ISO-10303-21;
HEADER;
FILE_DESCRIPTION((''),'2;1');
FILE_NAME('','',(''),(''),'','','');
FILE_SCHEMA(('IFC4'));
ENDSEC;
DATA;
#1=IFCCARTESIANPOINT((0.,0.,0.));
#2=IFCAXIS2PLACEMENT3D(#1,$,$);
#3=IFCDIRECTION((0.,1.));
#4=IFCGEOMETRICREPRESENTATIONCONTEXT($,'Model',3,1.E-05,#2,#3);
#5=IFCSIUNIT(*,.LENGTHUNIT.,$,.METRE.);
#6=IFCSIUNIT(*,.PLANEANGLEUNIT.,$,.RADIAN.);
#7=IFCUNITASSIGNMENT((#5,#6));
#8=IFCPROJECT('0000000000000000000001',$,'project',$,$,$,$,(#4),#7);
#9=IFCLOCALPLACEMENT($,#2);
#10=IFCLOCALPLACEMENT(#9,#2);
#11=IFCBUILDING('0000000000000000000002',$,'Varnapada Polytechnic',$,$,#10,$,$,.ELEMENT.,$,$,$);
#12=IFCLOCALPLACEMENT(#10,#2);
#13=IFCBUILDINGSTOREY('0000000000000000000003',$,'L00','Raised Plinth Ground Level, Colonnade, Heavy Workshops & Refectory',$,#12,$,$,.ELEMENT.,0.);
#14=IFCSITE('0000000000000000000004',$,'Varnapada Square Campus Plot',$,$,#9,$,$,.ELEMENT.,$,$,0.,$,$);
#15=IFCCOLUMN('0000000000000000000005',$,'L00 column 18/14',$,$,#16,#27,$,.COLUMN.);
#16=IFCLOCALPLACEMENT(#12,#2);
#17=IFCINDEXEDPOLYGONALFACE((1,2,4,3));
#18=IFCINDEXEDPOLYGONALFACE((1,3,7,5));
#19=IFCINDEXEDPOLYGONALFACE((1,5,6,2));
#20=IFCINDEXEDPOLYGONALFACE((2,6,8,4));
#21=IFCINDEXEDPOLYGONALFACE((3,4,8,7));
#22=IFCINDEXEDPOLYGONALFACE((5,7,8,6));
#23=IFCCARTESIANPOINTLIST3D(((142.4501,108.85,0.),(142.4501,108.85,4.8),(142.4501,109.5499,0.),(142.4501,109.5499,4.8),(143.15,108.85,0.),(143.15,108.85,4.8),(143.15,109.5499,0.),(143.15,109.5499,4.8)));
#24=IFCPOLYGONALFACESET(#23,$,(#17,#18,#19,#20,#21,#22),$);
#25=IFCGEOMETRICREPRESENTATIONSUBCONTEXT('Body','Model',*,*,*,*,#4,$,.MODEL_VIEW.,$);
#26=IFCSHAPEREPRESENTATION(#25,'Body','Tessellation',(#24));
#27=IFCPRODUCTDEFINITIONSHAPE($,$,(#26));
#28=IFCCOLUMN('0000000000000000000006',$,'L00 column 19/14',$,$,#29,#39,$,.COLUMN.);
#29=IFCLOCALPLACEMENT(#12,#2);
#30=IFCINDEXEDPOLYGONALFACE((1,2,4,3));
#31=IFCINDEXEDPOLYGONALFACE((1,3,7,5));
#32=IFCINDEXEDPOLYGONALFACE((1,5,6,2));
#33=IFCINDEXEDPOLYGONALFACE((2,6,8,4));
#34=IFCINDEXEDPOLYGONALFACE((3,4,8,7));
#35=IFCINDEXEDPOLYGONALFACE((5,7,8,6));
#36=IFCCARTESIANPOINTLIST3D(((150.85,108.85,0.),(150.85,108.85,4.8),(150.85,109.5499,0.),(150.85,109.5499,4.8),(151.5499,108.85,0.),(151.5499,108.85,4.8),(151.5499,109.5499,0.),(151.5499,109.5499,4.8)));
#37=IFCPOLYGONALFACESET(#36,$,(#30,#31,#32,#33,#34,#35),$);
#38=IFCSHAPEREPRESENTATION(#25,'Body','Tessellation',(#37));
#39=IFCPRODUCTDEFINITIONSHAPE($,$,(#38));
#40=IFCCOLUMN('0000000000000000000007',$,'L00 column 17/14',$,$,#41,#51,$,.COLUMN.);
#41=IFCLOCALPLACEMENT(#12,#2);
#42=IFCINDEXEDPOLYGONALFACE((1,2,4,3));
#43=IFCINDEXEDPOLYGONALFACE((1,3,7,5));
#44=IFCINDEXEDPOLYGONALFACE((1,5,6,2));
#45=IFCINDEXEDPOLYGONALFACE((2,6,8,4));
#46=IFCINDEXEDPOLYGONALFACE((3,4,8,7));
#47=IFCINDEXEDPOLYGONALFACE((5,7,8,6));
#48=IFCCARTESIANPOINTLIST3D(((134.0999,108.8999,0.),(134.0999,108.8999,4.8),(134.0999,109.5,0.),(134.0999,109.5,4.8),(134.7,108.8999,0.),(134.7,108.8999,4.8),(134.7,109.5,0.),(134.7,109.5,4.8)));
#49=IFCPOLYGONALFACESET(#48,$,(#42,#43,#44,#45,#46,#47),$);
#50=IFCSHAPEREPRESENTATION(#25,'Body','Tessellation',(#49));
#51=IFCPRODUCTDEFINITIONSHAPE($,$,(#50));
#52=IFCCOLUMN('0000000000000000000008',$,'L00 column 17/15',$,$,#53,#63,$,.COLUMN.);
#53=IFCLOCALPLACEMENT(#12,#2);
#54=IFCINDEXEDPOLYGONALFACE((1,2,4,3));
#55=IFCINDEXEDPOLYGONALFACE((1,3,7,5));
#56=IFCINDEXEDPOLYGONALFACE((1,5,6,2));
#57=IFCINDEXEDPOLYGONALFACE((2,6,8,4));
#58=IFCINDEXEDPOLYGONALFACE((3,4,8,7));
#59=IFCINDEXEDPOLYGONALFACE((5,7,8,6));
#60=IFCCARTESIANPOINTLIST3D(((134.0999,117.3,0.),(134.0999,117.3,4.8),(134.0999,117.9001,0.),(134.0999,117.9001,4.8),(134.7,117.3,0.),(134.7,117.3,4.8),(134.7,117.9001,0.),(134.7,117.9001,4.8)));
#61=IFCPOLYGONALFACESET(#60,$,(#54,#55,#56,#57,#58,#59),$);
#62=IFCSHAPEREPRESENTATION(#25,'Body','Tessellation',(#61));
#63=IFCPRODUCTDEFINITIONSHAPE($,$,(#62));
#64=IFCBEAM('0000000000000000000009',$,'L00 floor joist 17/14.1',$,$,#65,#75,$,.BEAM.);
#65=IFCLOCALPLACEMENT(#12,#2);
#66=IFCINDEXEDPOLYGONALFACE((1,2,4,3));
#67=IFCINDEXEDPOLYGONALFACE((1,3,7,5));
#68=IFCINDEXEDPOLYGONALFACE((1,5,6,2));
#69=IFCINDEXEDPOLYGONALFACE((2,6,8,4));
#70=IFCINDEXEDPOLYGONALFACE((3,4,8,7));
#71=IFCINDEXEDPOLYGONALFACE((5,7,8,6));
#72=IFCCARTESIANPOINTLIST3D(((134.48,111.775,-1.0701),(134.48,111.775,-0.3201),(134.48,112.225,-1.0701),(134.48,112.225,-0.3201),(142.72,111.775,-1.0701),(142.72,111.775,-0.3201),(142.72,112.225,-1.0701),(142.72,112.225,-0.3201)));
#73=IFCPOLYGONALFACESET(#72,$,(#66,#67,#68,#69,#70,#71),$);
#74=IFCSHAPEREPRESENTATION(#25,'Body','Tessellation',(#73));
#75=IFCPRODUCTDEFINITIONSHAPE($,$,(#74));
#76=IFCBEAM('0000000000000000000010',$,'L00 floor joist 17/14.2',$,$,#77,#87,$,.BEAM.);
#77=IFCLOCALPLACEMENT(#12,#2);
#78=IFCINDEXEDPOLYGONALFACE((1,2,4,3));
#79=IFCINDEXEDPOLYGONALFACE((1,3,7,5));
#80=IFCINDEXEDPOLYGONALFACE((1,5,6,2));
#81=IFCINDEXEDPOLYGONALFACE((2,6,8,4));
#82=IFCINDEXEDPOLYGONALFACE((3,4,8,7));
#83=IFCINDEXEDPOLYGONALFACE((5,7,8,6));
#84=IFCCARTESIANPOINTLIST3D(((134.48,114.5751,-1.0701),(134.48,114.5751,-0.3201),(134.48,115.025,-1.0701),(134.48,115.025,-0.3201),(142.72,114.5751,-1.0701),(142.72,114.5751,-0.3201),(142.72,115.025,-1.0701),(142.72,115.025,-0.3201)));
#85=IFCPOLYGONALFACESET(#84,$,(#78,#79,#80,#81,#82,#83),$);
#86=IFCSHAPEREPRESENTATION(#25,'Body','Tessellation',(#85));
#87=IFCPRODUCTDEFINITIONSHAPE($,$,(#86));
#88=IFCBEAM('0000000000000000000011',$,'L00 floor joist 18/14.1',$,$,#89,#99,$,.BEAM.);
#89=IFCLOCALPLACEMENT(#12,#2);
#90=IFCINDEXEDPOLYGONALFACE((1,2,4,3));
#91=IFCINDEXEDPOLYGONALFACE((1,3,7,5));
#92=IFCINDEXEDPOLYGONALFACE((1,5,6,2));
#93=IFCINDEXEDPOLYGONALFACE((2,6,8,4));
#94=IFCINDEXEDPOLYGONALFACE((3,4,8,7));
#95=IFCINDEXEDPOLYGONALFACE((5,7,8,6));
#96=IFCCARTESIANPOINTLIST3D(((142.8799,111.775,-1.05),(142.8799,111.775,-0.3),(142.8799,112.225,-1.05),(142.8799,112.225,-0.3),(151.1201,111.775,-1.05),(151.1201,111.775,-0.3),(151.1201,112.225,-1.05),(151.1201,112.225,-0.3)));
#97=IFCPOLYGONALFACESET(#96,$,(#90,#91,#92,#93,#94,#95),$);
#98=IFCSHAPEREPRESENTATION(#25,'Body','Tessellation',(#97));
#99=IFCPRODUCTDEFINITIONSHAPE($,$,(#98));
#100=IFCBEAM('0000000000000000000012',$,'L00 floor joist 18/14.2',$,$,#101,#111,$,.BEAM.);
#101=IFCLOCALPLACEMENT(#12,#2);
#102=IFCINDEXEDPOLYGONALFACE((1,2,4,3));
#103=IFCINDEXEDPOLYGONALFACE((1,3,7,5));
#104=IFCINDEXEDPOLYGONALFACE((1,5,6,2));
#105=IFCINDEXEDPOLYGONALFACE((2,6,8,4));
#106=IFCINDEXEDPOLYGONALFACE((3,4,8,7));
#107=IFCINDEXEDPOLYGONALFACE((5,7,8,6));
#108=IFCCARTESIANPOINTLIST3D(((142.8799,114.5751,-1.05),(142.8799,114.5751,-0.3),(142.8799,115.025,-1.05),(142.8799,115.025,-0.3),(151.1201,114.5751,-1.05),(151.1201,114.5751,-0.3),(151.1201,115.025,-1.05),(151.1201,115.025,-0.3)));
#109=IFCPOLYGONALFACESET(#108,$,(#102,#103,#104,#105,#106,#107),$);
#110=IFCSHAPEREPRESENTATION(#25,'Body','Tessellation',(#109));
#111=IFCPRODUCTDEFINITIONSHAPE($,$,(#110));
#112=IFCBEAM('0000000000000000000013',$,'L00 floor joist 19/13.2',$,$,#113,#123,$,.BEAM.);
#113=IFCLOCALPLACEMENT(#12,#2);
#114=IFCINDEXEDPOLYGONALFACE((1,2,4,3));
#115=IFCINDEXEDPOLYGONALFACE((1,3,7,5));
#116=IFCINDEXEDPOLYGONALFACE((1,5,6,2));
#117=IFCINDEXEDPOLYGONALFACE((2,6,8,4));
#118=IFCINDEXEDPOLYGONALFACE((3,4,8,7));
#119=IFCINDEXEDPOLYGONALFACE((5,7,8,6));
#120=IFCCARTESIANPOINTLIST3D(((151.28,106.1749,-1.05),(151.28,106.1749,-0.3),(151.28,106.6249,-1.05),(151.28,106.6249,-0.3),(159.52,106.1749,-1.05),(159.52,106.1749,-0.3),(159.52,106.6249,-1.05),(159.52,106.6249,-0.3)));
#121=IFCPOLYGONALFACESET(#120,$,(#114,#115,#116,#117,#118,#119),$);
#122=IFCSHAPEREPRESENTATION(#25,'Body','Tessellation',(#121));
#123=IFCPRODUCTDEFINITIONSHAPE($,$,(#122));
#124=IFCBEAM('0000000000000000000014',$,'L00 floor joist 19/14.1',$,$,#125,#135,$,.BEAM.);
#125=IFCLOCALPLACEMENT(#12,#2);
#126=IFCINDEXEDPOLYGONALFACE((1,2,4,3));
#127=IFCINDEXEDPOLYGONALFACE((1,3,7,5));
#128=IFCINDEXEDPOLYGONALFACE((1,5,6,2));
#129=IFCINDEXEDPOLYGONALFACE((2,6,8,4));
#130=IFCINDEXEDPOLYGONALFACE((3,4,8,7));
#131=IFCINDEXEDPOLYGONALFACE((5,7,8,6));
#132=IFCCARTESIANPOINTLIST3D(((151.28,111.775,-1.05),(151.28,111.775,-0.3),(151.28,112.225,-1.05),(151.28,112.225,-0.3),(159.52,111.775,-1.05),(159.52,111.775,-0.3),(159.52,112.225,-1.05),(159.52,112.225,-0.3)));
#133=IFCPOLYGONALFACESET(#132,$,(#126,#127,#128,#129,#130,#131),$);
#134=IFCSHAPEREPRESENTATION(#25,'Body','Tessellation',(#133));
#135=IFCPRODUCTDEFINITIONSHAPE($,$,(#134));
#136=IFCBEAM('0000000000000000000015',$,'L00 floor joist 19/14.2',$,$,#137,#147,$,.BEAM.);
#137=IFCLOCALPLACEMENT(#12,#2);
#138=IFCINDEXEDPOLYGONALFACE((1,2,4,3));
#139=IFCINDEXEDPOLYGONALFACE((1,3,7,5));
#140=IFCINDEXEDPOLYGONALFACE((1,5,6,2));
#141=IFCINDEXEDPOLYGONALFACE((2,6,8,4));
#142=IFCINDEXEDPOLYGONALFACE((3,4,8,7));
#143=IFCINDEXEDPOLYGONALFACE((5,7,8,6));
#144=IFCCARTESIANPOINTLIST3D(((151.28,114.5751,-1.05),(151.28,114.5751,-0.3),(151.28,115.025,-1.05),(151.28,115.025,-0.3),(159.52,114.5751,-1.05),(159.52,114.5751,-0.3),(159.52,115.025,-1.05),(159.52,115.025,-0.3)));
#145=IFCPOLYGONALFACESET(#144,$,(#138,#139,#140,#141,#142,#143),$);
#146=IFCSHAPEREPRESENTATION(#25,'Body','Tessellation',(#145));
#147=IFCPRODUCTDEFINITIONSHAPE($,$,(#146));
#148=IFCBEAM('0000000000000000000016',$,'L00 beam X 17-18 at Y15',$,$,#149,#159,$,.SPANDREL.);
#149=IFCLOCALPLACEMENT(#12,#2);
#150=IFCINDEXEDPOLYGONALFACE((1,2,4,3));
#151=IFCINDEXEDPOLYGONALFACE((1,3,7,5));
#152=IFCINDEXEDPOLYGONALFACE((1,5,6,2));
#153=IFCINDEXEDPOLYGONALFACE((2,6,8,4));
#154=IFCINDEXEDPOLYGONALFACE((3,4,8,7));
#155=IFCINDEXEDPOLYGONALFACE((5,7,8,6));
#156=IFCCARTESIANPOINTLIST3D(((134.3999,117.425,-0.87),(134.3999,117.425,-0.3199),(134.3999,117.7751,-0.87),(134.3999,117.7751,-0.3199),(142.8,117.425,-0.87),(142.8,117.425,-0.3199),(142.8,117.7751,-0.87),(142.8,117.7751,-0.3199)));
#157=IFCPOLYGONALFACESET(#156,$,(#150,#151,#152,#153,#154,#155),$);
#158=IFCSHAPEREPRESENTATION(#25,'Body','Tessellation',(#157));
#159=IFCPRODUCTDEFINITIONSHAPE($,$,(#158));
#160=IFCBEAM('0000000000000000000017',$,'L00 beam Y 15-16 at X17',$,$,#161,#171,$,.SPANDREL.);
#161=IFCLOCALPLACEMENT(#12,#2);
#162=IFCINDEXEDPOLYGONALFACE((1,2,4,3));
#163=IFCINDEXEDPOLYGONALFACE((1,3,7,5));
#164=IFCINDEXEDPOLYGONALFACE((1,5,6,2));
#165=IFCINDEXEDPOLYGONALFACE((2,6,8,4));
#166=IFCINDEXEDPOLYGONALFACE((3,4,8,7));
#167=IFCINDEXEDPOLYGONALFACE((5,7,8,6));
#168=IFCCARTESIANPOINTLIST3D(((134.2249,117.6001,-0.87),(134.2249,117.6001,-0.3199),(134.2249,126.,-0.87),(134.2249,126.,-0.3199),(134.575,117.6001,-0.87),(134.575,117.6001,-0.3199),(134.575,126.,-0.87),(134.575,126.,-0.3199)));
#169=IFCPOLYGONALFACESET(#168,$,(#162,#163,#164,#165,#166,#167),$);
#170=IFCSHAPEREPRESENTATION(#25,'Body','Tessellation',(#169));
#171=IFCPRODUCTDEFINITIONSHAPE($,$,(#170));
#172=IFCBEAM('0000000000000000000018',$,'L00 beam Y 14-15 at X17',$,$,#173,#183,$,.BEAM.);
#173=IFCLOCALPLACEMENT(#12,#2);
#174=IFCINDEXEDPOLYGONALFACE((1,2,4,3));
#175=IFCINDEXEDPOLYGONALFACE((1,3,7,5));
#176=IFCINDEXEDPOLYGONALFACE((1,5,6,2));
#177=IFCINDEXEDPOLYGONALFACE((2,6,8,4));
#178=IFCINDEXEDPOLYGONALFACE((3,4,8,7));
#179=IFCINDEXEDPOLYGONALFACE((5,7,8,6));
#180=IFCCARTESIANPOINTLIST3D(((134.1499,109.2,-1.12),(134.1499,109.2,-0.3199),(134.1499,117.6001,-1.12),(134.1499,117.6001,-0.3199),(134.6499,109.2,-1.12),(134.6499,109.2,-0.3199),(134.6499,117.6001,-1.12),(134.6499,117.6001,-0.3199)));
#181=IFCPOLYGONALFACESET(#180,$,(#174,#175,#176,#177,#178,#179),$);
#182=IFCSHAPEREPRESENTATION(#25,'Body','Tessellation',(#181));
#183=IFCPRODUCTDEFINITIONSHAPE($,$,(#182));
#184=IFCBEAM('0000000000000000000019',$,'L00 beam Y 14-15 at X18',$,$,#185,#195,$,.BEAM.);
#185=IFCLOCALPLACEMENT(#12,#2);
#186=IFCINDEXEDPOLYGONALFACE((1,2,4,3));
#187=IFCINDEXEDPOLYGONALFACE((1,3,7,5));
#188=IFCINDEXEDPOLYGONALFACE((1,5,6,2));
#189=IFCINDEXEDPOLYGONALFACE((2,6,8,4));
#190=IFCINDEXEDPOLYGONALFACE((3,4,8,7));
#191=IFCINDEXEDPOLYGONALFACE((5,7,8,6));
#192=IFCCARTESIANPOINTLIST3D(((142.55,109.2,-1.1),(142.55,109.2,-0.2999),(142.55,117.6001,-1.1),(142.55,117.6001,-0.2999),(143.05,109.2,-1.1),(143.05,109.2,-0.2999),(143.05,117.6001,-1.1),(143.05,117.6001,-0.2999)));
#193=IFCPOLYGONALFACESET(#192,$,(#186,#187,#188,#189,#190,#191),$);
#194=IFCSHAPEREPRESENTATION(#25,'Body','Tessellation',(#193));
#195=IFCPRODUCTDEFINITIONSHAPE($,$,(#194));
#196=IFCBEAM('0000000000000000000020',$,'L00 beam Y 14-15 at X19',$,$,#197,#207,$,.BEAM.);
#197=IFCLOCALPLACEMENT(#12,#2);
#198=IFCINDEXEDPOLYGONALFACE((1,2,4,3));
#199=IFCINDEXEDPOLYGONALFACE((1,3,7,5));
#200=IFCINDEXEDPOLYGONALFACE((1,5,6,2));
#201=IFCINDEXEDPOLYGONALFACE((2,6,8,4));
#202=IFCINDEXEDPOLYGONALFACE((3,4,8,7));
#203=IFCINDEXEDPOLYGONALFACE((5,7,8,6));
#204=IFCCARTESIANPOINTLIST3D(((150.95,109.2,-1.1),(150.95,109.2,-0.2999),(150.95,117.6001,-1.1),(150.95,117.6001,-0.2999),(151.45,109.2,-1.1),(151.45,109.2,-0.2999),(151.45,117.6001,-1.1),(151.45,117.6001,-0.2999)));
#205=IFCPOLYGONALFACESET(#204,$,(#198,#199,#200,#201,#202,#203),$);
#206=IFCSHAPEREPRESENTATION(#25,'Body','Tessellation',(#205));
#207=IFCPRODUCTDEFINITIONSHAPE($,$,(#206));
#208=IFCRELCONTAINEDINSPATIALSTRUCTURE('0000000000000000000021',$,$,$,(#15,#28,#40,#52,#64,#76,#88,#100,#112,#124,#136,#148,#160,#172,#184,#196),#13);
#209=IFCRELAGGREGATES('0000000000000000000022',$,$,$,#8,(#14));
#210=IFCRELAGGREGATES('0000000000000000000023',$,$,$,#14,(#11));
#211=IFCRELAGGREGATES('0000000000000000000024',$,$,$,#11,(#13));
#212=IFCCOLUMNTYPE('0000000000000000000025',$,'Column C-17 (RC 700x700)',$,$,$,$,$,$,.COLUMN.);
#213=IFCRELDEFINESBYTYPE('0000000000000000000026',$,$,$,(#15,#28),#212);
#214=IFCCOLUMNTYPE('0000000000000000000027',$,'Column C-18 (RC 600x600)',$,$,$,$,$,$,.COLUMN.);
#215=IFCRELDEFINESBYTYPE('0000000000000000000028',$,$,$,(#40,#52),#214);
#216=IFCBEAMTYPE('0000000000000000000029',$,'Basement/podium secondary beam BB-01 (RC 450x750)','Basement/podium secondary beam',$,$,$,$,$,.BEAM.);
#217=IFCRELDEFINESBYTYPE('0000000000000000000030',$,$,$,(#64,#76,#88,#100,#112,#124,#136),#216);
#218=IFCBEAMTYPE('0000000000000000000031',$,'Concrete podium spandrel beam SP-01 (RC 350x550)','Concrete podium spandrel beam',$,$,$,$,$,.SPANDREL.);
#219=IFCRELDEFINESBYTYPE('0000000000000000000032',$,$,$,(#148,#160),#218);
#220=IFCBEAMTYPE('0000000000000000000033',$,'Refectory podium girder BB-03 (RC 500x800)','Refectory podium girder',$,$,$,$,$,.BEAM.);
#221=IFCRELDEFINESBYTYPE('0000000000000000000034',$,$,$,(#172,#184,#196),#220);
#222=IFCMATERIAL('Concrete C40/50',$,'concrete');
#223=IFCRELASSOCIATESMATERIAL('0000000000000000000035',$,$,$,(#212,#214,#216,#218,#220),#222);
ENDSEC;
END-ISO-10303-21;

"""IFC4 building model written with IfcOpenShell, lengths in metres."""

from ifc_helpers import new_model, si_unit, direction, frame, origin, origin_2d, place, context, subcontext, project, spatial, rectangle, extrude, material, material_profile, profile_set, type_object, element, save


model = new_model("IFC4")

# Units and contexts
model_context = context("Model", 3, precision=1e-05, world=origin(), true_north=direction((0.0, 1.0)))
body_context = subcontext(model_context, "Body", "Model", "MODEL_VIEW")
ifc_project = project(units=[si_unit("LENGTHUNIT", "METRE"), si_unit("PLANEANGLEUNIT", "RADIAN")], contexts=[model_context])

# Site, building, storey
site_placement = place(None, origin())
site = spatial("IfcSite", under=ifc_project, at=site_placement, Name="Varnapada Square Campus Plot", CompositionType="ELEMENT", RefElevation=0.0)
building_placement = place(site_placement, origin())
building = spatial("IfcBuilding", under=site, at=building_placement, Name="Varnapada Polytechnic", CompositionType="ELEMENT")
storey_placement = place(building_placement, origin())
storey = spatial("IfcBuildingStorey", under=building, at=storey_placement, Name="L00", Description="Raised Plinth Ground Level, Colonnade, Heavy Workshops & Refectory", CompositionType="ELEMENT", Elevation=0.0)

# Columns
ifc_material_1 = material(Name="Concrete C40/50", Category="concrete")
ifc_material_profile_1 = material_profile(ifc_material_1, rectangle(XDim=0.7, YDim=0.7, at=origin_2d()), Name="RC 700x700")
ifc_profile_set_1 = profile_set([ifc_material_profile_1], Name="Concrete C40/50")
column_type_1 = type_object("IfcColumnType", Name="Column C-17 (RC 700x700)", PredefinedType="COLUMN", material=ifc_profile_set_1)
for number, where, z_axis, x_axis, name in (
    (1, (142.8, 109.2, 0.0), (0.0, 0.0, 1.0), (1.0, 0.0, 0.0), "L00 column 18/14"),
    (2, (151.2, 109.2, 0.0), (0.0, 0.0, 1.0), (1.0, 0.0, 0.0), "L00 column 19/14"),
):
    element("IfcColumn", number, at=place(storey_placement, frame(where, z_axis=z_axis, x_axis=x_axis)), inside=storey, type_object=column_type_1, Name=name, PredefinedType="COLUMN", context=body_context, shape_type="SweptSolid", body=[
        extrude(rectangle(XDim=0.7, YDim=0.7, at=origin_2d()), origin(), (0.0, 0.0, 1.0), 4.8),
    ])
ifc_material_profile_2 = material_profile(ifc_material_1, rectangle(XDim=0.6001, YDim=0.6001, at=origin_2d()), Name="RC 600x600")
ifc_profile_set_2 = profile_set([ifc_material_profile_2], Name="Concrete C40/50")
column_type_2 = type_object("IfcColumnType", Name="Column C-18 (RC 600x600)", PredefinedType="COLUMN", material=ifc_profile_set_2)
for number, where, z_axis, x_axis, name in (
    (3, (134.3999, 109.2, 0.0), (0.0, 0.0, 1.0), (1.0, 0.0, 0.0), "L00 column 17/14"),
    (4, (134.3999, 117.6001, 0.0), (0.0, 0.0, 1.0), (1.0, 0.0, 0.0), "L00 column 17/15"),
):
    element("IfcColumn", number, at=place(storey_placement, frame(where, z_axis=z_axis, x_axis=x_axis)), inside=storey, type_object=column_type_2, Name=name, PredefinedType="COLUMN", context=body_context, shape_type="SweptSolid", body=[
        extrude(rectangle(XDim=0.6001, YDim=0.6001, at=origin_2d()), origin(), (0.0, 0.0, 1.0), 4.8),
    ])

# Beams
ifc_material_profile_3 = material_profile(ifc_material_1, rectangle(XDim=0.45, YDim=0.75, at=origin_2d()), Name="RC 450x750")
ifc_profile_set_3 = profile_set([ifc_material_profile_3], Name="Concrete C40/50")
beam_type_1 = type_object("IfcBeamType", Name="Basement/podium secondary beam BB-01 (RC 450x750)", Description="Basement/podium secondary beam", PredefinedType="BEAM", material=ifc_profile_set_3)
for number, where, z_axis, x_axis, name in (
    (5, (134.48, 112.0, -0.6951), (1.0, 0.0, 0.0), (0.0, 1.0, 0.0), "L00 floor joist 17/14.1"),
    (6, (134.48, 114.8, -0.6951), (1.0, 0.0, 0.0), (0.0, 1.0, 0.0), "L00 floor joist 17/14.2"),
):
    element("IfcBeam", number, at=place(storey_placement, frame(where, z_axis=z_axis, x_axis=x_axis)), inside=storey, type_object=beam_type_1, Name=name, PredefinedType="BEAM", context=body_context, shape_type="SweptSolid", body=[
        extrude(rectangle(XDim=0.45, YDim=0.75, at=origin_2d()), origin(), (0.0, 0.0, 1.0), 8.24),
    ])
for number, where, z_axis, x_axis, name in (
    (7, (142.8799, 112.0, -0.675), (1.0, 0.0, 0.0), (0.0, 1.0, 0.0), "L00 floor joist 18/14.1"),
    (8, (142.8799, 114.8, -0.675), (1.0, 0.0, 0.0), (0.0, 1.0, 0.0), "L00 floor joist 18/14.2"),
):
    element("IfcBeam", number, at=place(storey_placement, frame(where, z_axis=z_axis, x_axis=x_axis)), inside=storey, type_object=beam_type_1, Name=name, PredefinedType="BEAM", context=body_context, shape_type="SweptSolid", body=[
        extrude(rectangle(XDim=0.45, YDim=0.75, at=origin_2d()), origin(), (0.0, 0.0, 1.0), 8.2402),
    ])
for number, where, z_axis, x_axis, name in (
    (9, (151.28, 106.3999, -0.675), (1.0, 0.0, 0.0), (0.0, 1.0, 0.0), "L00 floor joist 19/13.2"),
    (10, (151.28, 112.0, -0.675), (1.0, 0.0, 0.0), (0.0, 1.0, 0.0), "L00 floor joist 19/14.1"),
    (11, (151.28, 114.8, -0.675), (1.0, 0.0, 0.0), (0.0, 1.0, 0.0), "L00 floor joist 19/14.2"),
):
    element("IfcBeam", number, at=place(storey_placement, frame(where, z_axis=z_axis, x_axis=x_axis)), inside=storey, type_object=beam_type_1, Name=name, PredefinedType="BEAM", context=body_context, shape_type="SweptSolid", body=[
        extrude(rectangle(XDim=0.45, YDim=0.75, at=origin_2d()), origin(), (0.0, 0.0, 1.0), 8.24),
    ])
ifc_material_profile_4 = material_profile(ifc_material_1, rectangle(XDim=0.3501, YDim=0.55, at=origin_2d()), Name="RC 350x550")
ifc_profile_set_4 = profile_set([ifc_material_profile_4], Name="Concrete C40/50")
beam_type_2 = type_object("IfcBeamType", Name="Concrete podium spandrel beam SP-01 (RC 350x550)", Description="Concrete podium spandrel beam", PredefinedType="SPANDREL", material=ifc_profile_set_4)
beam_1_placement = place(storey_placement, frame((134.3999, 117.6001, -0.595), z_axis=(1.0, 0.0, 0.0), x_axis=(0.0, 1.0, 0.0)))
element("IfcBeam", 12, at=beam_1_placement, inside=storey, type_object=beam_type_2, Name="L00 beam X 17-18 at Y15", PredefinedType="SPANDREL", context=body_context, shape_type="SweptSolid", body=[
    extrude(rectangle(XDim=0.3501, YDim=0.55, at=origin_2d()), origin(), (0.0, 0.0, 1.0), 8.4001),
])
beam_2_placement = place(storey_placement, frame((134.3999, 117.6001, -0.595), z_axis=(0.0, 1.0, 0.0), x_axis=(-1.0, 0.0, 0.0)))
element("IfcBeam", 13, at=beam_2_placement, inside=storey, type_object=beam_type_2, Name="L00 beam Y 15-16 at X17", PredefinedType="SPANDREL", context=body_context, shape_type="SweptSolid", body=[
    extrude(rectangle(XDim=0.3501, YDim=0.55, at=origin_2d()), origin(), (0.0, 0.0, 1.0), 8.3999),
])
ifc_material_profile_5 = material_profile(ifc_material_1, rectangle(XDim=0.5, YDim=0.8, at=origin_2d()), Name="RC 500x800")
ifc_profile_set_5 = profile_set([ifc_material_profile_5], Name="Concrete C40/50")
beam_type_3 = type_object("IfcBeamType", Name="Refectory podium girder BB-03 (RC 500x800)", Description="Refectory podium girder", PredefinedType="BEAM", material=ifc_profile_set_5)
for number, where, z_axis, x_axis, name in (
    (14, (134.3999, 109.2, -0.72), (0.0, 1.0, 0.0), (-1.0, 0.0, 0.0), "L00 beam Y 14-15 at X17"),
    (15, (142.8, 109.2, -0.7), (0.0, 1.0, 0.0), (-1.0, 0.0, 0.0), "L00 beam Y 14-15 at X18"),
    (16, (151.2, 109.2, -0.7), (0.0, 1.0, 0.0), (-1.0, 0.0, 0.0), "L00 beam Y 14-15 at X19"),
):
    element("IfcBeam", number, at=place(storey_placement, frame(where, z_axis=z_axis, x_axis=x_axis)), inside=storey, type_object=beam_type_3, Name=name, PredefinedType="BEAM", context=body_context, shape_type="SweptSolid", body=[
        extrude(rectangle(XDim=0.5, YDim=0.8, at=origin_2d()), origin(), (0.0, 0.0, 1.0), 8.4001),
    ])

save(model, "model.ifc")
